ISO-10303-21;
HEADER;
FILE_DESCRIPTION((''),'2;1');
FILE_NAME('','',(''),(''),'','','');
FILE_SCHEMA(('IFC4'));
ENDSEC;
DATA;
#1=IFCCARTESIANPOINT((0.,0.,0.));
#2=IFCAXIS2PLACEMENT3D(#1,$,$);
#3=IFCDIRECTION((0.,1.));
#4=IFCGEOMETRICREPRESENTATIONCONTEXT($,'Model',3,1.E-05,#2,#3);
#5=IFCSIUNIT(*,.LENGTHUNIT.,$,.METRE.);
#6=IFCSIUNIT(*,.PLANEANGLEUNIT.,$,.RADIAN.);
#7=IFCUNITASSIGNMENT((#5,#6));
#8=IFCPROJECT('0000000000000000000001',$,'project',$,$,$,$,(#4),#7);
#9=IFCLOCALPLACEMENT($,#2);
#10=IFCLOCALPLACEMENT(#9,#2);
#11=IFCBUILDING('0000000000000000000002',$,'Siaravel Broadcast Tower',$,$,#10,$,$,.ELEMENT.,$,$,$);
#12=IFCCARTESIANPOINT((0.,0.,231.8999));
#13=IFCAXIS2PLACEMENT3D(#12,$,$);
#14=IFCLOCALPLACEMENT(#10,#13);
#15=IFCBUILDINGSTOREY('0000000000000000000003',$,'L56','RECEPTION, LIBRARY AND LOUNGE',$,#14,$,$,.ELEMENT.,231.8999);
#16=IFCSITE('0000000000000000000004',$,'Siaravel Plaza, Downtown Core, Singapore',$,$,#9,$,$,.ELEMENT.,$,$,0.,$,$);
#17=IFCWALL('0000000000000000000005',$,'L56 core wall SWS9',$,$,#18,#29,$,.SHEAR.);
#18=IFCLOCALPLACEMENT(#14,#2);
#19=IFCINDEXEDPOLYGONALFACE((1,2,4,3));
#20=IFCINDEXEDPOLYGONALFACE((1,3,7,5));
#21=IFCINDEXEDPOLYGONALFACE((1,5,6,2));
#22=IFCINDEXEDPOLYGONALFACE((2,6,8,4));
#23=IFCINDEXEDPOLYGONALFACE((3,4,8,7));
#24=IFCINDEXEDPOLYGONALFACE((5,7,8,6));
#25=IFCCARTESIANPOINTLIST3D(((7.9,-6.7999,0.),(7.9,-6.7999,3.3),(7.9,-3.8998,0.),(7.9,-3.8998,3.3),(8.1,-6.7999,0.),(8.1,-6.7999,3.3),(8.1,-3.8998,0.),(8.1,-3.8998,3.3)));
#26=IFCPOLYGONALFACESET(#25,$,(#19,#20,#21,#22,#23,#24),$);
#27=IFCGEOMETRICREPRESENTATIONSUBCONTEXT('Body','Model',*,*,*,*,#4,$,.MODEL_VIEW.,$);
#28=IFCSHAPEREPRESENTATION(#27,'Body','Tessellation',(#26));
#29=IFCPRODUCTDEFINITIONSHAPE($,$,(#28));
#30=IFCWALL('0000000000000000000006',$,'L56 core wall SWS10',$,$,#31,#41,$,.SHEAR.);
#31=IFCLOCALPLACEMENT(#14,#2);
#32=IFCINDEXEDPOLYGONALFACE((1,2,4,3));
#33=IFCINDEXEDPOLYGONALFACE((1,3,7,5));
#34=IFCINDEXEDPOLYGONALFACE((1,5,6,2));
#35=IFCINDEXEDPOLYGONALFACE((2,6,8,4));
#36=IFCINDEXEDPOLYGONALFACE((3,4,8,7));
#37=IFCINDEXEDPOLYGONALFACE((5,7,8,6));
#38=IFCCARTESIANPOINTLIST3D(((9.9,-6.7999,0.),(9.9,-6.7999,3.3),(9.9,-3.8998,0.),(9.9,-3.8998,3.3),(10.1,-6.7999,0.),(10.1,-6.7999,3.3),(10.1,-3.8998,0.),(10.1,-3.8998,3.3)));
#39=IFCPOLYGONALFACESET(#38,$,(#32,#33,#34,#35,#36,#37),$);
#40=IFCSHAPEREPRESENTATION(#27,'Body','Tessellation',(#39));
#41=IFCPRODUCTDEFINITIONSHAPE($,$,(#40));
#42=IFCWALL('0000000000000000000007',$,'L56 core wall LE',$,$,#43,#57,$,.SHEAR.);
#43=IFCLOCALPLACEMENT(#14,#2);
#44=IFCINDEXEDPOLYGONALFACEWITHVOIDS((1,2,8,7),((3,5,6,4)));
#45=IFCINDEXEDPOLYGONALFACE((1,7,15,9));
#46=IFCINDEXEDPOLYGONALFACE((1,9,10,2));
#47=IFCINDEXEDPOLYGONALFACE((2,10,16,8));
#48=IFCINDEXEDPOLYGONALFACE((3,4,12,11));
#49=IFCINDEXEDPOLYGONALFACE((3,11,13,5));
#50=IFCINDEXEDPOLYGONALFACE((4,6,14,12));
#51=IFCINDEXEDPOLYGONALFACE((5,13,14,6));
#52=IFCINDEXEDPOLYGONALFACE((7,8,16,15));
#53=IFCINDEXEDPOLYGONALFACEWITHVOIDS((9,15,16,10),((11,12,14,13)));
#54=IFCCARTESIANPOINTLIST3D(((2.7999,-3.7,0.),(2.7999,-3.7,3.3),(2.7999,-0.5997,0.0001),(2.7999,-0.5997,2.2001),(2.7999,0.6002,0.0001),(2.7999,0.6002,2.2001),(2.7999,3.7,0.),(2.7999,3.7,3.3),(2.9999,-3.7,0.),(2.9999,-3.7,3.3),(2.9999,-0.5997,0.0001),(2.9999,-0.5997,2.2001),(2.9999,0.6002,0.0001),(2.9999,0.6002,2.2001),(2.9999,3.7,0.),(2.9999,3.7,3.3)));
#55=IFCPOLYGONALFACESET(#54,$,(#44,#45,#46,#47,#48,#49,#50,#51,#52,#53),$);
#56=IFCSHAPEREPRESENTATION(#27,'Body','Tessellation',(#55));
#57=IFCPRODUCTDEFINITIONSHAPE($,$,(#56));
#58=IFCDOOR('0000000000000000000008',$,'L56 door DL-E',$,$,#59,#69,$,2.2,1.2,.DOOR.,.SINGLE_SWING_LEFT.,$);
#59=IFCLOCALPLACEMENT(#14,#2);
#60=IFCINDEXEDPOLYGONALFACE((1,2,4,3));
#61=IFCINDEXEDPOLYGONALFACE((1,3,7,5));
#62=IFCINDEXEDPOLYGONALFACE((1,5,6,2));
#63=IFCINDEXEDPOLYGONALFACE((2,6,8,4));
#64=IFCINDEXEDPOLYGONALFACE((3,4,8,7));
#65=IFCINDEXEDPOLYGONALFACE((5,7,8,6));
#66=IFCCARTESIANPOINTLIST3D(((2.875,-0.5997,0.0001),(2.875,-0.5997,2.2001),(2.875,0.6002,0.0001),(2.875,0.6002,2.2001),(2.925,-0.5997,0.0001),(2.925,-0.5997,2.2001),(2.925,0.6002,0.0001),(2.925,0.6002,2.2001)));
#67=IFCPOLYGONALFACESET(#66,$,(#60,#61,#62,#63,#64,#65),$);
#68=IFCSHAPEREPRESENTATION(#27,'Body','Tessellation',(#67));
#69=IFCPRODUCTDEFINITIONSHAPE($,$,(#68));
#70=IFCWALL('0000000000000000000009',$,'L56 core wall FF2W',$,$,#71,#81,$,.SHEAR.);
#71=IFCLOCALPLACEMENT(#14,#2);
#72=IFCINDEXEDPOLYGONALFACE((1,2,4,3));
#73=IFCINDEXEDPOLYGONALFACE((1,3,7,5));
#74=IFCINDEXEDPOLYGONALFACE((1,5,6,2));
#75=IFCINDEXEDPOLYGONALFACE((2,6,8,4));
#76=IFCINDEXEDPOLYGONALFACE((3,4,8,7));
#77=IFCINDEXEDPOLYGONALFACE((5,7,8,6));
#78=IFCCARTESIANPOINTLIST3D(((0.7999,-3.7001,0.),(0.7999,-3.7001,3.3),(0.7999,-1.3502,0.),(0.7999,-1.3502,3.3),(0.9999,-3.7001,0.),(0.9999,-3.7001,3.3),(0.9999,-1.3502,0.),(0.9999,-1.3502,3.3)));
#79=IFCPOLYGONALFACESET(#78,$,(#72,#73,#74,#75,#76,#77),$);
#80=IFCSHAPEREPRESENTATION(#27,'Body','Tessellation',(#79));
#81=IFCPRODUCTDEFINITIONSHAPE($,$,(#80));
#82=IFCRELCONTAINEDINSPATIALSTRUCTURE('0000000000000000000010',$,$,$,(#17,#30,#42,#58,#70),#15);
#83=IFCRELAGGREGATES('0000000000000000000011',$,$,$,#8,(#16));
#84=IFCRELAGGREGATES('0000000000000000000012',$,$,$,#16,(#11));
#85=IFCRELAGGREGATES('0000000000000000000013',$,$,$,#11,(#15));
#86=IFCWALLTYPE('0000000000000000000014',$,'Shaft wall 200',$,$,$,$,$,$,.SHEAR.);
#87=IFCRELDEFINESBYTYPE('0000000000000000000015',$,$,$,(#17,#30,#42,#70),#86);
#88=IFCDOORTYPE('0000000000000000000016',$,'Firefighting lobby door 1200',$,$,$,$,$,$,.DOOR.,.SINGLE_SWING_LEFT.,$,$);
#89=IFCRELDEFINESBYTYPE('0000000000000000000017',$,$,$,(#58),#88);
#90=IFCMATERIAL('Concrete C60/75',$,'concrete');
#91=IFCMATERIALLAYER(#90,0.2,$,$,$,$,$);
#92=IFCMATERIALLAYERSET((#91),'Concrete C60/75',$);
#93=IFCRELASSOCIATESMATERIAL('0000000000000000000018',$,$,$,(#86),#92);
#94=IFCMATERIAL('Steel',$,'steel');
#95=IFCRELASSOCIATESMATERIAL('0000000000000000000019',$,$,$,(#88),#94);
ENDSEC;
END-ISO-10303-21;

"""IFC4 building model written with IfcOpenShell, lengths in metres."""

from ifc_helpers import new_model, si_unit, direction, frame, frame_2d, origin, place, context, subcontext, project, spatial, rectangle, extrude, material, layer, layer_set, type_object, element, fill, save


model = new_model("IFC4")

# Units and contexts
model_context = context("Model", 3, precision=1e-05, world=origin(), true_north=direction((0.0, 1.0)))
body_context = subcontext(model_context, "Body", "Model", "MODEL_VIEW")
ifc_project = project(units=[si_unit("LENGTHUNIT", "METRE"), si_unit("PLANEANGLEUNIT", "RADIAN")], contexts=[model_context])

# Site, building, storey
site_placement = place(None, origin())
site = spatial("IfcSite", under=ifc_project, at=site_placement, Name="Siaravel Plaza, Downtown Core, Singapore", CompositionType="ELEMENT", RefElevation=0.0)
building_placement = place(site_placement, origin())
building = spatial("IfcBuilding", under=site, at=building_placement, Name="Siaravel Broadcast Tower", CompositionType="ELEMENT")
storey_placement = place(building_placement, frame((0.0, 0.0, 231.8999)))
storey = spatial("IfcBuildingStorey", under=building, at=storey_placement, Name="L56", Description="RECEPTION, LIBRARY AND LOUNGE", CompositionType="ELEMENT", Elevation=231.8999)

# Shared definitions
ifc_material_1 = material(Name="Concrete C60/75", Category="concrete")
ifc_material_2 = material(Name="Steel", Category="steel")

# Walls
ifc_layer_1 = layer(ifc_material_1, 0.2)
ifc_layer_set_1 = layer_set([ifc_layer_1], Name="Concrete C60/75")
wall_type_1 = type_object("IfcWallType", Name="Shaft wall 200", PredefinedType="SHEAR", material=ifc_layer_set_1)
for number, where, z_axis, x_axis, name in (
    (1, (8.0, -6.8, 0.0), (0.0, 0.0, 1.0), (0.0, 1.0, 0.0), "L56 core wall SWS9"),
    (2, (10.0, -6.8, 0.0), (0.0, 0.0, 1.0), (0.0, 1.0, 0.0), "L56 core wall SWS10"),
):
    element("IfcWall", number, at=place(storey_placement, frame(where, z_axis=z_axis, x_axis=x_axis)), inside=storey, type_object=wall_type_1, Name=name, PredefinedType="SHEAR", context=body_context, shape_type="SweptSolid", body=[
        extrude(rectangle(XDim=2.9001, YDim=0.2, at=frame_2d((1.4502, 0.0))), origin(), (0.0, 0.0, 1.0), 3.3),
    ])

# Wall, opening, door
wall_1_placement = place(storey_placement, frame((2.8999, -3.7, 0.0), z_axis=(0.0, 0.0, 1.0), x_axis=(0.0, 1.0, 0.0)))
wall_1 = element("IfcWall", 3, at=wall_1_placement, inside=storey, type_object=wall_type_1, Name="L56 core wall LE", PredefinedType="SHEAR", context=body_context, shape_type="SweptSolid", body=[
    extrude(rectangle(XDim=7.3999, YDim=0.2, at=frame_2d((3.7, 0.0))), origin(), (0.0, 0.0, 1.0), 3.3),
])
opening_1_placement = place(wall_1_placement, frame((3.1001, 0.0, 0.0)))
opening_1 = element("IfcOpeningElement", 4, at=opening_1_placement, cuts=wall_1, PredefinedType="OPENING", context=body_context, shape_type="SweptSolid", body=[
    extrude(rectangle(XDim=1.2, YDim=2.2, at=frame_2d((0.6001, 1.1001))), frame((0.0, 0.1099, 0.0), z_axis=(0.0, -1.0, 0.0), x_axis=(1.0, 0.0, 0.0)), (0.0, 0.0, 1.0), 0.22),
])
door_type_1 = type_object("IfcDoorType", Name="Firefighting lobby door 1200", OperationType="SINGLE_SWING_LEFT", PredefinedType="DOOR", material=ifc_material_2)
door_1_placement = place(opening_1_placement, origin())
door_1 = element("IfcDoor", 5, at=door_1_placement, inside=storey, type_object=door_type_1, Name="L56 door DL-E", OperationType="SINGLE_SWING_LEFT", OverallHeight=2.2, OverallWidth=1.2, PredefinedType="DOOR", context=body_context, shape_type="SweptSolid", body=[
    extrude(rectangle(XDim=1.2, YDim=2.2, at=frame_2d((0.6001, 1.1001))), frame((0.0, 0.0249, 0.0), z_axis=(0.0, -1.0, 0.0), x_axis=(1.0, 0.0, 0.0)), (0.0, 0.0, 1.0), 0.05),
])
fill(opening_1, door_1)

# Wall
wall_2_placement = place(storey_placement, frame((0.8999, -3.7, 0.0), z_axis=(0.0, 0.0, 1.0), x_axis=(0.0, 1.0, 0.0)))
element("IfcWall", 6, at=wall_2_placement, inside=storey, type_object=wall_type_1, Name="L56 core wall FF2W", PredefinedType="SHEAR", context=body_context, shape_type="SweptSolid", body=[
    extrude(rectangle(XDim=2.3499, YDim=0.2, at=frame_2d((1.1748, 0.0))), origin(), (0.0, 0.0, 1.0), 3.3),
])

save(model, "model.ifc")
